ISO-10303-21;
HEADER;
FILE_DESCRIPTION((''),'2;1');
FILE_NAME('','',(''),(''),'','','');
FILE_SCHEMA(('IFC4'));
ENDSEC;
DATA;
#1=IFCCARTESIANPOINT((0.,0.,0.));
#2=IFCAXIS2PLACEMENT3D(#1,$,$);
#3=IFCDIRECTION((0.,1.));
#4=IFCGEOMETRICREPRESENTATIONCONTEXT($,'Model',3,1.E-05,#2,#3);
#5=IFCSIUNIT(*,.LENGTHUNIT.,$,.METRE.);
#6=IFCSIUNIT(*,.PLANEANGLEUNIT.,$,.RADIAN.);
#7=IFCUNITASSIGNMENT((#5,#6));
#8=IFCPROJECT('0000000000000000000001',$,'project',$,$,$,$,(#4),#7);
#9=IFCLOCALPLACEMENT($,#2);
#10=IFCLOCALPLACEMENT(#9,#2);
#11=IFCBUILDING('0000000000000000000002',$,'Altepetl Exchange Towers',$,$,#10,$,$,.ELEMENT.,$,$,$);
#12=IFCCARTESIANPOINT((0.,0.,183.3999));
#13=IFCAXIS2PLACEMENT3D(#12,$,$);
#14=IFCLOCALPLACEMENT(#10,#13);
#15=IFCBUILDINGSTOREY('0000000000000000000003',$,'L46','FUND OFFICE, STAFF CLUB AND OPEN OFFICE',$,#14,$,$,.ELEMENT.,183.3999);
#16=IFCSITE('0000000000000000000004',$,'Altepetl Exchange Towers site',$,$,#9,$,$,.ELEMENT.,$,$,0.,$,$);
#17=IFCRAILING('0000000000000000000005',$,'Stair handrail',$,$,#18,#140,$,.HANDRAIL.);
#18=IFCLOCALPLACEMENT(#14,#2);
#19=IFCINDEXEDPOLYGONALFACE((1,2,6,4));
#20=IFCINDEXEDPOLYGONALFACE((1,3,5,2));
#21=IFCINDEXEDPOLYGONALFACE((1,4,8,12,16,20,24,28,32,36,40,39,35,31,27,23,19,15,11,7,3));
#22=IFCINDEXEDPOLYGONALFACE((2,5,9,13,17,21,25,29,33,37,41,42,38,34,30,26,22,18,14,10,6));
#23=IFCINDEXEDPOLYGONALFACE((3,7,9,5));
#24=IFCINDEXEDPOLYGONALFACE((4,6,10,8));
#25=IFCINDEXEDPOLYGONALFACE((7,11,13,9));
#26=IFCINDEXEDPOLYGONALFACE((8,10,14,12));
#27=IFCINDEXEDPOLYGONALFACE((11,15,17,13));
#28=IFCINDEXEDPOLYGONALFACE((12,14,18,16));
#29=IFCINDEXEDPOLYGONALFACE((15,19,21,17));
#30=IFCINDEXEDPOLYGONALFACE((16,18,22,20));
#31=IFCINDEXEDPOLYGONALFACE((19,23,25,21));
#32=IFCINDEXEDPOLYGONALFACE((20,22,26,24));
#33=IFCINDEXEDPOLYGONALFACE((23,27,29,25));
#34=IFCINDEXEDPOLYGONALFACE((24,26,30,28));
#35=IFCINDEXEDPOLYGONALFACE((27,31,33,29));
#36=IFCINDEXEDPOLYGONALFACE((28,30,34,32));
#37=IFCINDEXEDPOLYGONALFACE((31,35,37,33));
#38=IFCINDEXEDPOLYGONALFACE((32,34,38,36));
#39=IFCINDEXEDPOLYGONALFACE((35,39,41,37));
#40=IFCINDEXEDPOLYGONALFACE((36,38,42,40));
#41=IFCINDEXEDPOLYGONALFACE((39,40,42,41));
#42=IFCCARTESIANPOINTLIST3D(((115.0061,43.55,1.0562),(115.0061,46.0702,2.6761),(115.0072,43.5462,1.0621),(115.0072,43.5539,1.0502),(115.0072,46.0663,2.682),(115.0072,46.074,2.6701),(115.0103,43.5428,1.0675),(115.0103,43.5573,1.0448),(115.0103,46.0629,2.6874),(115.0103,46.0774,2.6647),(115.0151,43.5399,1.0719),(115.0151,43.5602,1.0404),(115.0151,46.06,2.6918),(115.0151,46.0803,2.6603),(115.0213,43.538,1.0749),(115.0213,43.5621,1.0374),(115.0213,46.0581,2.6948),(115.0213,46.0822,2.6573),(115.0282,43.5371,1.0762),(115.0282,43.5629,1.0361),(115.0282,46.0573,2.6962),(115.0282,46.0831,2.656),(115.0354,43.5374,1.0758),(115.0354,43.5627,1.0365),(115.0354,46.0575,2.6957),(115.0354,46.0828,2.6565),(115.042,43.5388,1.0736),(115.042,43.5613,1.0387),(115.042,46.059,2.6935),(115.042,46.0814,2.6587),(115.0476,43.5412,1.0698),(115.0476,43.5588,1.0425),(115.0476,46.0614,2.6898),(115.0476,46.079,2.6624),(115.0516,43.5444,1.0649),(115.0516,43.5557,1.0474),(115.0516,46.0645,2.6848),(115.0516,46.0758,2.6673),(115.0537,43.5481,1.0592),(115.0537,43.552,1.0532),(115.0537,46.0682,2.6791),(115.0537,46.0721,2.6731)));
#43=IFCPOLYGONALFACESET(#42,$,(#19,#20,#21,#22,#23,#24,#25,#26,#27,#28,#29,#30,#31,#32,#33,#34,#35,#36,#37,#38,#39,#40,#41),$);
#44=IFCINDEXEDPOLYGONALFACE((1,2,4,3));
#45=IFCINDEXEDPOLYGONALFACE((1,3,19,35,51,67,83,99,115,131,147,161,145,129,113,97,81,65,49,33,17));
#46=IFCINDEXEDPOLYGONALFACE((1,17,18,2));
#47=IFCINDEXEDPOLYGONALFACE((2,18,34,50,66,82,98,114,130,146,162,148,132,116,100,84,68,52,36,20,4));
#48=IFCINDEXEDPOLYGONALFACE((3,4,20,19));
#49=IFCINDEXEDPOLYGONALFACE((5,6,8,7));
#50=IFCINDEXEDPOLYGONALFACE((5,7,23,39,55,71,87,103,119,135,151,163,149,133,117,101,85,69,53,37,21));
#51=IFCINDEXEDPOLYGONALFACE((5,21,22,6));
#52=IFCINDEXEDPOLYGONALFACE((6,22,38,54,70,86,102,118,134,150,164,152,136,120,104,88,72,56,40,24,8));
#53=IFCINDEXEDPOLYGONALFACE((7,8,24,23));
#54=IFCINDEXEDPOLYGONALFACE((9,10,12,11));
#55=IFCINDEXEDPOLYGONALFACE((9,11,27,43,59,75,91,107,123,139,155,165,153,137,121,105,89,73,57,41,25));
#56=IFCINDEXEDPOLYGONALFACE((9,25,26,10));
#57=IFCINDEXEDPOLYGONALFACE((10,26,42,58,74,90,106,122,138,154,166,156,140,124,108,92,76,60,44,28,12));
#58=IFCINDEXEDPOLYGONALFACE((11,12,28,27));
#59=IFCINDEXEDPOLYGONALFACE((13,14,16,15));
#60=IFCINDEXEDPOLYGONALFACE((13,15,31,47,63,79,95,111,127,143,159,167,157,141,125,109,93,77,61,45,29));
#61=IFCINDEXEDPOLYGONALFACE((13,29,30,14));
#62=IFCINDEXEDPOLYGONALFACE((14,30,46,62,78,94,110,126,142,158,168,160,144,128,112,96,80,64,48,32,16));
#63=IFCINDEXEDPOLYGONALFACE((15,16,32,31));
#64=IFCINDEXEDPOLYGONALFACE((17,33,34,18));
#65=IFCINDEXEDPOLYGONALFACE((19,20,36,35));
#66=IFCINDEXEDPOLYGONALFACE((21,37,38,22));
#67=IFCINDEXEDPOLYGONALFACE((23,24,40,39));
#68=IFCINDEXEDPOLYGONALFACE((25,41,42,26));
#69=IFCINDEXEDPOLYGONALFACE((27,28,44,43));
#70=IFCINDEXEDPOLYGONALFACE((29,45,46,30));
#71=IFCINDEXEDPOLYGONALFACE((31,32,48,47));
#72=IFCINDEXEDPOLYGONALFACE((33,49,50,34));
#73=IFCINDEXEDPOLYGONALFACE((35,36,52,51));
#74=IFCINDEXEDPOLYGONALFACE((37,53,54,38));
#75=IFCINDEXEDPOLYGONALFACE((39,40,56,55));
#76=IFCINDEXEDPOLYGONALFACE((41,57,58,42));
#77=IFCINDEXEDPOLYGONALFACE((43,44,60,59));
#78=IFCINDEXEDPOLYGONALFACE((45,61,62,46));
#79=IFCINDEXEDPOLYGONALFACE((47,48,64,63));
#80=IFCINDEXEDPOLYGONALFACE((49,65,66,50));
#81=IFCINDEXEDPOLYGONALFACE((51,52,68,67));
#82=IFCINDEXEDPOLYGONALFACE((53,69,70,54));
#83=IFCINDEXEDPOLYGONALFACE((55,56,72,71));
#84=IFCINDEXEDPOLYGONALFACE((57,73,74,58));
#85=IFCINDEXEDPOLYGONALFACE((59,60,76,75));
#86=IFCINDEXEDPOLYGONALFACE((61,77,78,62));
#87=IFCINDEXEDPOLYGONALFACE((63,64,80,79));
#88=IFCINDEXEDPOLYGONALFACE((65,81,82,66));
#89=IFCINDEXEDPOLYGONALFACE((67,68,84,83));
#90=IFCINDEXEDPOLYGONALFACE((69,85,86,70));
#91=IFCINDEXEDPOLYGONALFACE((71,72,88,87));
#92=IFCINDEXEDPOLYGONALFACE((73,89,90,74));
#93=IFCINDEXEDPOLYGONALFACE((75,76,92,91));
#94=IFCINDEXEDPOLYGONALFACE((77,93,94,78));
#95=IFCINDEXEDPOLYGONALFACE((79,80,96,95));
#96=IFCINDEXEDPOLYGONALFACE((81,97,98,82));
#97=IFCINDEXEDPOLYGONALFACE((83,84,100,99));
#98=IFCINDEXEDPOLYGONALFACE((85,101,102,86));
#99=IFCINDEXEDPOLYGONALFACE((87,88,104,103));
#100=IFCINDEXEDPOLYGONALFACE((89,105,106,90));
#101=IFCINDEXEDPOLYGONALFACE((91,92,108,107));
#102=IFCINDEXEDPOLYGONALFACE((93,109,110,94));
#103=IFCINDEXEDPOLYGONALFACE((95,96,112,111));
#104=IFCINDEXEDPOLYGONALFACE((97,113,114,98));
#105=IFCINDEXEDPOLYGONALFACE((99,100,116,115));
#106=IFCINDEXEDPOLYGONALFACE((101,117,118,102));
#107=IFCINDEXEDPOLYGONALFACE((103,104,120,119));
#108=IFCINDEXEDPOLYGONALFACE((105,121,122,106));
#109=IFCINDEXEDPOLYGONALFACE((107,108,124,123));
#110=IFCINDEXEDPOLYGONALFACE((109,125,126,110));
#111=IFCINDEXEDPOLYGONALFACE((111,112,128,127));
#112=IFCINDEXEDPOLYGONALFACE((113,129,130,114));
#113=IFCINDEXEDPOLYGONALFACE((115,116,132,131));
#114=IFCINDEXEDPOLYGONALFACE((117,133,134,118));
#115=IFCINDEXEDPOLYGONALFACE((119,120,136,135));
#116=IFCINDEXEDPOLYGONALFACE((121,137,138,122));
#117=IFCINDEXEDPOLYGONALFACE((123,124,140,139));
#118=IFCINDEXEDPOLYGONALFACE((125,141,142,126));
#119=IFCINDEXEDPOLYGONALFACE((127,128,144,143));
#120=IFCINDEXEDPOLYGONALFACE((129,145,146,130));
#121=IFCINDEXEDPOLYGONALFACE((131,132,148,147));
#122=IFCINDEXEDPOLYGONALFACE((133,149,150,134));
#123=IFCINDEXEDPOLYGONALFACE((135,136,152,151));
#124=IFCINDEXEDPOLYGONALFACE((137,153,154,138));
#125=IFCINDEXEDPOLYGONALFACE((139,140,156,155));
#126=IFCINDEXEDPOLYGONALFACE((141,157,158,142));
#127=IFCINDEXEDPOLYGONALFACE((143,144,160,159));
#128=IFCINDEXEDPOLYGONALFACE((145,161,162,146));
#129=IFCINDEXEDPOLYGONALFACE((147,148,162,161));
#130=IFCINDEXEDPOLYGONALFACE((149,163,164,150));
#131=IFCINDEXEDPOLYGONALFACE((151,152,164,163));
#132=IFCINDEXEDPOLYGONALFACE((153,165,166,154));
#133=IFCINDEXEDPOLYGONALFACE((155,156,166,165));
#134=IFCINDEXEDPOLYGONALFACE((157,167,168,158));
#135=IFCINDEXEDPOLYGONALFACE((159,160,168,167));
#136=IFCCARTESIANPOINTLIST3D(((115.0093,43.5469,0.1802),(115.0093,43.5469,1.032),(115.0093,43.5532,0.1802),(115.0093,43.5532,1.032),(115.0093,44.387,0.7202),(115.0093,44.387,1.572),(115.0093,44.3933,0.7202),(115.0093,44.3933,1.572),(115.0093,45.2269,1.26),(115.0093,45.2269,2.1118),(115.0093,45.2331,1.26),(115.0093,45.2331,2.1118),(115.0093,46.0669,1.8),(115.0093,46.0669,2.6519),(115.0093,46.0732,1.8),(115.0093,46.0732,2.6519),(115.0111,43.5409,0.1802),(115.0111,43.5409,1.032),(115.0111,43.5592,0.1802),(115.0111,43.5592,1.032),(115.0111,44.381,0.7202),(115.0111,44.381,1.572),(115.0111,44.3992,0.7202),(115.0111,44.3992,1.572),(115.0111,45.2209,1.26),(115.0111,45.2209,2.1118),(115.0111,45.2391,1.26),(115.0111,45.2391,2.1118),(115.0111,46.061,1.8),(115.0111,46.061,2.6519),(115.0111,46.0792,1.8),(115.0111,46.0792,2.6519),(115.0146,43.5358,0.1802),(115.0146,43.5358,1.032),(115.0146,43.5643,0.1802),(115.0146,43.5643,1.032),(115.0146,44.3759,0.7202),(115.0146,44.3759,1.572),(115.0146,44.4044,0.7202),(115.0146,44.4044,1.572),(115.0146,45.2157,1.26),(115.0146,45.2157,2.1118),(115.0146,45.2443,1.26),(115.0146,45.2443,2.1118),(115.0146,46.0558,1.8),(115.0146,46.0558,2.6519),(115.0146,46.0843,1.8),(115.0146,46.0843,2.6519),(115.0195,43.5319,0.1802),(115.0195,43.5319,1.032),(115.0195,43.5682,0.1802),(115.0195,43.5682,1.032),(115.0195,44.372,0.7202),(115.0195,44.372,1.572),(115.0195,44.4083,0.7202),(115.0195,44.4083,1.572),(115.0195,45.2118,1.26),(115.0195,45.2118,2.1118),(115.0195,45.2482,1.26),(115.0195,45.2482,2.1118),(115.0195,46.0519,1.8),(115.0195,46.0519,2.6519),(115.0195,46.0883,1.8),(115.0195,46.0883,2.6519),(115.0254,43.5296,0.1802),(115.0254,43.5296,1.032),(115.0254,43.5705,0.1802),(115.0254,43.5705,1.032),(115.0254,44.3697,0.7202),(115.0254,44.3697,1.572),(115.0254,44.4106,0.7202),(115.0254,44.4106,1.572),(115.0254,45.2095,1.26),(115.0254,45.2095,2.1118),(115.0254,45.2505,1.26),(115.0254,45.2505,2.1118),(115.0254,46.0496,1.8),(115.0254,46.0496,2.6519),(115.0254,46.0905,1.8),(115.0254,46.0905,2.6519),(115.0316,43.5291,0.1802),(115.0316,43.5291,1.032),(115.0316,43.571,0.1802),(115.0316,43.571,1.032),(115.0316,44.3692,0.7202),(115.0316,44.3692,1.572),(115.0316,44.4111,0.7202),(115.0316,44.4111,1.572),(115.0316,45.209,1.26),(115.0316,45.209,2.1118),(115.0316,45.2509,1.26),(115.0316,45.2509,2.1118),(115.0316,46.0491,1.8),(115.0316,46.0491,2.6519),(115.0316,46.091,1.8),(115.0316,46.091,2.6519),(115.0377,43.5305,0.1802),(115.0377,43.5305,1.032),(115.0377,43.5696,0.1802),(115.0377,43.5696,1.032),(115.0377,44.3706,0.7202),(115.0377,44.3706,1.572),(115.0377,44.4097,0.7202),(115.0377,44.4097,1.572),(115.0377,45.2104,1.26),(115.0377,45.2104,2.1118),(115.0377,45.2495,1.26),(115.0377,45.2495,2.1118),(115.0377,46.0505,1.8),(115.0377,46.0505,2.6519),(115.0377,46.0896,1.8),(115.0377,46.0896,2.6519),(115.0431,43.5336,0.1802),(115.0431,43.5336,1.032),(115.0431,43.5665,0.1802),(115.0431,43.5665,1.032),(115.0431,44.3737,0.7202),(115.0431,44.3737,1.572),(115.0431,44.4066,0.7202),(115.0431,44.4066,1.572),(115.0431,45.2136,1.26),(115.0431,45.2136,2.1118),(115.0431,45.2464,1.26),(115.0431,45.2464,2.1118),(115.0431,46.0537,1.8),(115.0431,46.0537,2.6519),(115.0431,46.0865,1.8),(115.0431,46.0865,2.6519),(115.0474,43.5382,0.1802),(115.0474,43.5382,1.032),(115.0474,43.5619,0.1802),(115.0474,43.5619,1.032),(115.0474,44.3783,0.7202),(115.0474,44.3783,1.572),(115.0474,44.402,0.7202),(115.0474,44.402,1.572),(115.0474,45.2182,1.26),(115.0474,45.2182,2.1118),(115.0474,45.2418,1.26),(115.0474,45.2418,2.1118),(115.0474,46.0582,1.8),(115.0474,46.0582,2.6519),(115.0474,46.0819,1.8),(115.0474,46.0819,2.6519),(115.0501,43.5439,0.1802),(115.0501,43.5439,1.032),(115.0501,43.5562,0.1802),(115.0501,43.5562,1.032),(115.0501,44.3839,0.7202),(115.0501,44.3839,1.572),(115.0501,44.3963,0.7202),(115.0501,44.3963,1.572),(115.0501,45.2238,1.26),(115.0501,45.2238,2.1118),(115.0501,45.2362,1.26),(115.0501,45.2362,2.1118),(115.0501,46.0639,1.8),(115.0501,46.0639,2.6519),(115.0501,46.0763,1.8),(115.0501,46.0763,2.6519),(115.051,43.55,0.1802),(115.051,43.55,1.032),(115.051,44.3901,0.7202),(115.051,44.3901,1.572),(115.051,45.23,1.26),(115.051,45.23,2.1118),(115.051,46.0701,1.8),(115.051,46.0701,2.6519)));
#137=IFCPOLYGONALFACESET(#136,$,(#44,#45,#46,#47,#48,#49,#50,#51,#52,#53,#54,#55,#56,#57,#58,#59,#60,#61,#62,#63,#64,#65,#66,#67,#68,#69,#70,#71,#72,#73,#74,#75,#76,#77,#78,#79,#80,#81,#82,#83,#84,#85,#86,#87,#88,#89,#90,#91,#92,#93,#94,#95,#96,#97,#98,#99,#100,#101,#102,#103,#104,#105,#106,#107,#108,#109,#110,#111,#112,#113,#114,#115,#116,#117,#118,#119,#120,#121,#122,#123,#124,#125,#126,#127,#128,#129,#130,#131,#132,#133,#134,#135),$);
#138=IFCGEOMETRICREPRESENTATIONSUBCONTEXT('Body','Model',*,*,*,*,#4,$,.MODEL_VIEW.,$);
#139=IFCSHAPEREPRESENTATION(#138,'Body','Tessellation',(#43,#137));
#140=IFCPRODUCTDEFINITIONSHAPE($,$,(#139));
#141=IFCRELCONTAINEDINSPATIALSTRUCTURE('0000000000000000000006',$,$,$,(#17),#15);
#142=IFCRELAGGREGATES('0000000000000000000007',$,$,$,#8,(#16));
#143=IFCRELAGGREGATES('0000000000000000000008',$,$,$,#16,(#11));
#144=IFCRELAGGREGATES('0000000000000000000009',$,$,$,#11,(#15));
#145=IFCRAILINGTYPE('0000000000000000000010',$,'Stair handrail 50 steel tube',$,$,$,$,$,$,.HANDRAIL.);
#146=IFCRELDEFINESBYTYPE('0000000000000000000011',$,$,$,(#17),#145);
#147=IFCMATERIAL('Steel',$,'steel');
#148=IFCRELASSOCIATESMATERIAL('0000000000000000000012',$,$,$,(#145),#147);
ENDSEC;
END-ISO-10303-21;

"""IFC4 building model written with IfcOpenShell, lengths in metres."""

from ifc_helpers import new_model, si_unit, direction, frame, origin, origin_2d, place, context, subcontext, project, spatial, circle, extrude, source, transform, mapped, material, type_object, element, save


model = new_model("IFC4")

# Units and contexts
model_context = context("Model", 3, precision=1e-05, world=origin(), true_north=direction((0.0, 1.0)))
body_context = subcontext(model_context, "Body", "Model", "MODEL_VIEW")
ifc_project = project(units=[si_unit("LENGTHUNIT", "METRE"), si_unit("PLANEANGLEUNIT", "RADIAN")], contexts=[model_context])

# Site, building, storey
site_placement = place(None, origin())
site = spatial("IfcSite", under=ifc_project, at=site_placement, Name="Altepetl Exchange Towers site", CompositionType="ELEMENT", RefElevation=0.0)
building_placement = place(site_placement, origin())
building = spatial("IfcBuilding", under=site, at=building_placement, Name="Altepetl Exchange Towers", CompositionType="ELEMENT")
storey_placement = place(building_placement, frame((0.0, 0.0, 183.3999)))
storey = spatial("IfcBuildingStorey", under=building, at=storey_placement, Name="L46", Description="FUND OFFICE, STAFF CLUB AND OPEN OFFICE", CompositionType="ELEMENT", Elevation=183.3999)

# Railing
ifc_material_1 = material(Name="Steel", Category="steel")
railing_type = type_object("IfcRailingType", Name="Stair handrail 50 steel tube", PredefinedType="HANDRAIL", material=ifc_material_1)
shared_shape = source(origin(), body_context, "Body", "SweptSolid", [
    extrude(circle(Radius=0.021, at=origin_2d()), origin(), (0.0, 0.0, 1.0), 0.8518),
])
railing_1_placement = place(storey_placement, frame((115.03, 43.55, 0.1802)))
element("IfcRailing", 1, at=railing_1_placement, inside=storey, type_object=railing_type, Name="Stair handrail", PredefinedType="HANDRAIL", context=body_context, shape_type="SweptSolid", body=[
    extrude(circle(Radius=0.0239, at=origin_2d()), frame((0.0, 0.0, 0.876), z_axis=(0.0, 0.8412, 0.540725), x_axis=(-1.0, 0.0, 0.0)), (0.0, 0.0, 1.0), 2.9958),
    mapped(shared_shape, transform((0.0, 0.0, 0.0))),
    mapped(shared_shape, transform((0.0, 0.8401, 0.54))),
    mapped(shared_shape, transform((0.0, 1.6799, 1.0798))),
    mapped(shared_shape, transform((0.0, 2.52, 1.6199))),
])

save(model, "model.ifc")
